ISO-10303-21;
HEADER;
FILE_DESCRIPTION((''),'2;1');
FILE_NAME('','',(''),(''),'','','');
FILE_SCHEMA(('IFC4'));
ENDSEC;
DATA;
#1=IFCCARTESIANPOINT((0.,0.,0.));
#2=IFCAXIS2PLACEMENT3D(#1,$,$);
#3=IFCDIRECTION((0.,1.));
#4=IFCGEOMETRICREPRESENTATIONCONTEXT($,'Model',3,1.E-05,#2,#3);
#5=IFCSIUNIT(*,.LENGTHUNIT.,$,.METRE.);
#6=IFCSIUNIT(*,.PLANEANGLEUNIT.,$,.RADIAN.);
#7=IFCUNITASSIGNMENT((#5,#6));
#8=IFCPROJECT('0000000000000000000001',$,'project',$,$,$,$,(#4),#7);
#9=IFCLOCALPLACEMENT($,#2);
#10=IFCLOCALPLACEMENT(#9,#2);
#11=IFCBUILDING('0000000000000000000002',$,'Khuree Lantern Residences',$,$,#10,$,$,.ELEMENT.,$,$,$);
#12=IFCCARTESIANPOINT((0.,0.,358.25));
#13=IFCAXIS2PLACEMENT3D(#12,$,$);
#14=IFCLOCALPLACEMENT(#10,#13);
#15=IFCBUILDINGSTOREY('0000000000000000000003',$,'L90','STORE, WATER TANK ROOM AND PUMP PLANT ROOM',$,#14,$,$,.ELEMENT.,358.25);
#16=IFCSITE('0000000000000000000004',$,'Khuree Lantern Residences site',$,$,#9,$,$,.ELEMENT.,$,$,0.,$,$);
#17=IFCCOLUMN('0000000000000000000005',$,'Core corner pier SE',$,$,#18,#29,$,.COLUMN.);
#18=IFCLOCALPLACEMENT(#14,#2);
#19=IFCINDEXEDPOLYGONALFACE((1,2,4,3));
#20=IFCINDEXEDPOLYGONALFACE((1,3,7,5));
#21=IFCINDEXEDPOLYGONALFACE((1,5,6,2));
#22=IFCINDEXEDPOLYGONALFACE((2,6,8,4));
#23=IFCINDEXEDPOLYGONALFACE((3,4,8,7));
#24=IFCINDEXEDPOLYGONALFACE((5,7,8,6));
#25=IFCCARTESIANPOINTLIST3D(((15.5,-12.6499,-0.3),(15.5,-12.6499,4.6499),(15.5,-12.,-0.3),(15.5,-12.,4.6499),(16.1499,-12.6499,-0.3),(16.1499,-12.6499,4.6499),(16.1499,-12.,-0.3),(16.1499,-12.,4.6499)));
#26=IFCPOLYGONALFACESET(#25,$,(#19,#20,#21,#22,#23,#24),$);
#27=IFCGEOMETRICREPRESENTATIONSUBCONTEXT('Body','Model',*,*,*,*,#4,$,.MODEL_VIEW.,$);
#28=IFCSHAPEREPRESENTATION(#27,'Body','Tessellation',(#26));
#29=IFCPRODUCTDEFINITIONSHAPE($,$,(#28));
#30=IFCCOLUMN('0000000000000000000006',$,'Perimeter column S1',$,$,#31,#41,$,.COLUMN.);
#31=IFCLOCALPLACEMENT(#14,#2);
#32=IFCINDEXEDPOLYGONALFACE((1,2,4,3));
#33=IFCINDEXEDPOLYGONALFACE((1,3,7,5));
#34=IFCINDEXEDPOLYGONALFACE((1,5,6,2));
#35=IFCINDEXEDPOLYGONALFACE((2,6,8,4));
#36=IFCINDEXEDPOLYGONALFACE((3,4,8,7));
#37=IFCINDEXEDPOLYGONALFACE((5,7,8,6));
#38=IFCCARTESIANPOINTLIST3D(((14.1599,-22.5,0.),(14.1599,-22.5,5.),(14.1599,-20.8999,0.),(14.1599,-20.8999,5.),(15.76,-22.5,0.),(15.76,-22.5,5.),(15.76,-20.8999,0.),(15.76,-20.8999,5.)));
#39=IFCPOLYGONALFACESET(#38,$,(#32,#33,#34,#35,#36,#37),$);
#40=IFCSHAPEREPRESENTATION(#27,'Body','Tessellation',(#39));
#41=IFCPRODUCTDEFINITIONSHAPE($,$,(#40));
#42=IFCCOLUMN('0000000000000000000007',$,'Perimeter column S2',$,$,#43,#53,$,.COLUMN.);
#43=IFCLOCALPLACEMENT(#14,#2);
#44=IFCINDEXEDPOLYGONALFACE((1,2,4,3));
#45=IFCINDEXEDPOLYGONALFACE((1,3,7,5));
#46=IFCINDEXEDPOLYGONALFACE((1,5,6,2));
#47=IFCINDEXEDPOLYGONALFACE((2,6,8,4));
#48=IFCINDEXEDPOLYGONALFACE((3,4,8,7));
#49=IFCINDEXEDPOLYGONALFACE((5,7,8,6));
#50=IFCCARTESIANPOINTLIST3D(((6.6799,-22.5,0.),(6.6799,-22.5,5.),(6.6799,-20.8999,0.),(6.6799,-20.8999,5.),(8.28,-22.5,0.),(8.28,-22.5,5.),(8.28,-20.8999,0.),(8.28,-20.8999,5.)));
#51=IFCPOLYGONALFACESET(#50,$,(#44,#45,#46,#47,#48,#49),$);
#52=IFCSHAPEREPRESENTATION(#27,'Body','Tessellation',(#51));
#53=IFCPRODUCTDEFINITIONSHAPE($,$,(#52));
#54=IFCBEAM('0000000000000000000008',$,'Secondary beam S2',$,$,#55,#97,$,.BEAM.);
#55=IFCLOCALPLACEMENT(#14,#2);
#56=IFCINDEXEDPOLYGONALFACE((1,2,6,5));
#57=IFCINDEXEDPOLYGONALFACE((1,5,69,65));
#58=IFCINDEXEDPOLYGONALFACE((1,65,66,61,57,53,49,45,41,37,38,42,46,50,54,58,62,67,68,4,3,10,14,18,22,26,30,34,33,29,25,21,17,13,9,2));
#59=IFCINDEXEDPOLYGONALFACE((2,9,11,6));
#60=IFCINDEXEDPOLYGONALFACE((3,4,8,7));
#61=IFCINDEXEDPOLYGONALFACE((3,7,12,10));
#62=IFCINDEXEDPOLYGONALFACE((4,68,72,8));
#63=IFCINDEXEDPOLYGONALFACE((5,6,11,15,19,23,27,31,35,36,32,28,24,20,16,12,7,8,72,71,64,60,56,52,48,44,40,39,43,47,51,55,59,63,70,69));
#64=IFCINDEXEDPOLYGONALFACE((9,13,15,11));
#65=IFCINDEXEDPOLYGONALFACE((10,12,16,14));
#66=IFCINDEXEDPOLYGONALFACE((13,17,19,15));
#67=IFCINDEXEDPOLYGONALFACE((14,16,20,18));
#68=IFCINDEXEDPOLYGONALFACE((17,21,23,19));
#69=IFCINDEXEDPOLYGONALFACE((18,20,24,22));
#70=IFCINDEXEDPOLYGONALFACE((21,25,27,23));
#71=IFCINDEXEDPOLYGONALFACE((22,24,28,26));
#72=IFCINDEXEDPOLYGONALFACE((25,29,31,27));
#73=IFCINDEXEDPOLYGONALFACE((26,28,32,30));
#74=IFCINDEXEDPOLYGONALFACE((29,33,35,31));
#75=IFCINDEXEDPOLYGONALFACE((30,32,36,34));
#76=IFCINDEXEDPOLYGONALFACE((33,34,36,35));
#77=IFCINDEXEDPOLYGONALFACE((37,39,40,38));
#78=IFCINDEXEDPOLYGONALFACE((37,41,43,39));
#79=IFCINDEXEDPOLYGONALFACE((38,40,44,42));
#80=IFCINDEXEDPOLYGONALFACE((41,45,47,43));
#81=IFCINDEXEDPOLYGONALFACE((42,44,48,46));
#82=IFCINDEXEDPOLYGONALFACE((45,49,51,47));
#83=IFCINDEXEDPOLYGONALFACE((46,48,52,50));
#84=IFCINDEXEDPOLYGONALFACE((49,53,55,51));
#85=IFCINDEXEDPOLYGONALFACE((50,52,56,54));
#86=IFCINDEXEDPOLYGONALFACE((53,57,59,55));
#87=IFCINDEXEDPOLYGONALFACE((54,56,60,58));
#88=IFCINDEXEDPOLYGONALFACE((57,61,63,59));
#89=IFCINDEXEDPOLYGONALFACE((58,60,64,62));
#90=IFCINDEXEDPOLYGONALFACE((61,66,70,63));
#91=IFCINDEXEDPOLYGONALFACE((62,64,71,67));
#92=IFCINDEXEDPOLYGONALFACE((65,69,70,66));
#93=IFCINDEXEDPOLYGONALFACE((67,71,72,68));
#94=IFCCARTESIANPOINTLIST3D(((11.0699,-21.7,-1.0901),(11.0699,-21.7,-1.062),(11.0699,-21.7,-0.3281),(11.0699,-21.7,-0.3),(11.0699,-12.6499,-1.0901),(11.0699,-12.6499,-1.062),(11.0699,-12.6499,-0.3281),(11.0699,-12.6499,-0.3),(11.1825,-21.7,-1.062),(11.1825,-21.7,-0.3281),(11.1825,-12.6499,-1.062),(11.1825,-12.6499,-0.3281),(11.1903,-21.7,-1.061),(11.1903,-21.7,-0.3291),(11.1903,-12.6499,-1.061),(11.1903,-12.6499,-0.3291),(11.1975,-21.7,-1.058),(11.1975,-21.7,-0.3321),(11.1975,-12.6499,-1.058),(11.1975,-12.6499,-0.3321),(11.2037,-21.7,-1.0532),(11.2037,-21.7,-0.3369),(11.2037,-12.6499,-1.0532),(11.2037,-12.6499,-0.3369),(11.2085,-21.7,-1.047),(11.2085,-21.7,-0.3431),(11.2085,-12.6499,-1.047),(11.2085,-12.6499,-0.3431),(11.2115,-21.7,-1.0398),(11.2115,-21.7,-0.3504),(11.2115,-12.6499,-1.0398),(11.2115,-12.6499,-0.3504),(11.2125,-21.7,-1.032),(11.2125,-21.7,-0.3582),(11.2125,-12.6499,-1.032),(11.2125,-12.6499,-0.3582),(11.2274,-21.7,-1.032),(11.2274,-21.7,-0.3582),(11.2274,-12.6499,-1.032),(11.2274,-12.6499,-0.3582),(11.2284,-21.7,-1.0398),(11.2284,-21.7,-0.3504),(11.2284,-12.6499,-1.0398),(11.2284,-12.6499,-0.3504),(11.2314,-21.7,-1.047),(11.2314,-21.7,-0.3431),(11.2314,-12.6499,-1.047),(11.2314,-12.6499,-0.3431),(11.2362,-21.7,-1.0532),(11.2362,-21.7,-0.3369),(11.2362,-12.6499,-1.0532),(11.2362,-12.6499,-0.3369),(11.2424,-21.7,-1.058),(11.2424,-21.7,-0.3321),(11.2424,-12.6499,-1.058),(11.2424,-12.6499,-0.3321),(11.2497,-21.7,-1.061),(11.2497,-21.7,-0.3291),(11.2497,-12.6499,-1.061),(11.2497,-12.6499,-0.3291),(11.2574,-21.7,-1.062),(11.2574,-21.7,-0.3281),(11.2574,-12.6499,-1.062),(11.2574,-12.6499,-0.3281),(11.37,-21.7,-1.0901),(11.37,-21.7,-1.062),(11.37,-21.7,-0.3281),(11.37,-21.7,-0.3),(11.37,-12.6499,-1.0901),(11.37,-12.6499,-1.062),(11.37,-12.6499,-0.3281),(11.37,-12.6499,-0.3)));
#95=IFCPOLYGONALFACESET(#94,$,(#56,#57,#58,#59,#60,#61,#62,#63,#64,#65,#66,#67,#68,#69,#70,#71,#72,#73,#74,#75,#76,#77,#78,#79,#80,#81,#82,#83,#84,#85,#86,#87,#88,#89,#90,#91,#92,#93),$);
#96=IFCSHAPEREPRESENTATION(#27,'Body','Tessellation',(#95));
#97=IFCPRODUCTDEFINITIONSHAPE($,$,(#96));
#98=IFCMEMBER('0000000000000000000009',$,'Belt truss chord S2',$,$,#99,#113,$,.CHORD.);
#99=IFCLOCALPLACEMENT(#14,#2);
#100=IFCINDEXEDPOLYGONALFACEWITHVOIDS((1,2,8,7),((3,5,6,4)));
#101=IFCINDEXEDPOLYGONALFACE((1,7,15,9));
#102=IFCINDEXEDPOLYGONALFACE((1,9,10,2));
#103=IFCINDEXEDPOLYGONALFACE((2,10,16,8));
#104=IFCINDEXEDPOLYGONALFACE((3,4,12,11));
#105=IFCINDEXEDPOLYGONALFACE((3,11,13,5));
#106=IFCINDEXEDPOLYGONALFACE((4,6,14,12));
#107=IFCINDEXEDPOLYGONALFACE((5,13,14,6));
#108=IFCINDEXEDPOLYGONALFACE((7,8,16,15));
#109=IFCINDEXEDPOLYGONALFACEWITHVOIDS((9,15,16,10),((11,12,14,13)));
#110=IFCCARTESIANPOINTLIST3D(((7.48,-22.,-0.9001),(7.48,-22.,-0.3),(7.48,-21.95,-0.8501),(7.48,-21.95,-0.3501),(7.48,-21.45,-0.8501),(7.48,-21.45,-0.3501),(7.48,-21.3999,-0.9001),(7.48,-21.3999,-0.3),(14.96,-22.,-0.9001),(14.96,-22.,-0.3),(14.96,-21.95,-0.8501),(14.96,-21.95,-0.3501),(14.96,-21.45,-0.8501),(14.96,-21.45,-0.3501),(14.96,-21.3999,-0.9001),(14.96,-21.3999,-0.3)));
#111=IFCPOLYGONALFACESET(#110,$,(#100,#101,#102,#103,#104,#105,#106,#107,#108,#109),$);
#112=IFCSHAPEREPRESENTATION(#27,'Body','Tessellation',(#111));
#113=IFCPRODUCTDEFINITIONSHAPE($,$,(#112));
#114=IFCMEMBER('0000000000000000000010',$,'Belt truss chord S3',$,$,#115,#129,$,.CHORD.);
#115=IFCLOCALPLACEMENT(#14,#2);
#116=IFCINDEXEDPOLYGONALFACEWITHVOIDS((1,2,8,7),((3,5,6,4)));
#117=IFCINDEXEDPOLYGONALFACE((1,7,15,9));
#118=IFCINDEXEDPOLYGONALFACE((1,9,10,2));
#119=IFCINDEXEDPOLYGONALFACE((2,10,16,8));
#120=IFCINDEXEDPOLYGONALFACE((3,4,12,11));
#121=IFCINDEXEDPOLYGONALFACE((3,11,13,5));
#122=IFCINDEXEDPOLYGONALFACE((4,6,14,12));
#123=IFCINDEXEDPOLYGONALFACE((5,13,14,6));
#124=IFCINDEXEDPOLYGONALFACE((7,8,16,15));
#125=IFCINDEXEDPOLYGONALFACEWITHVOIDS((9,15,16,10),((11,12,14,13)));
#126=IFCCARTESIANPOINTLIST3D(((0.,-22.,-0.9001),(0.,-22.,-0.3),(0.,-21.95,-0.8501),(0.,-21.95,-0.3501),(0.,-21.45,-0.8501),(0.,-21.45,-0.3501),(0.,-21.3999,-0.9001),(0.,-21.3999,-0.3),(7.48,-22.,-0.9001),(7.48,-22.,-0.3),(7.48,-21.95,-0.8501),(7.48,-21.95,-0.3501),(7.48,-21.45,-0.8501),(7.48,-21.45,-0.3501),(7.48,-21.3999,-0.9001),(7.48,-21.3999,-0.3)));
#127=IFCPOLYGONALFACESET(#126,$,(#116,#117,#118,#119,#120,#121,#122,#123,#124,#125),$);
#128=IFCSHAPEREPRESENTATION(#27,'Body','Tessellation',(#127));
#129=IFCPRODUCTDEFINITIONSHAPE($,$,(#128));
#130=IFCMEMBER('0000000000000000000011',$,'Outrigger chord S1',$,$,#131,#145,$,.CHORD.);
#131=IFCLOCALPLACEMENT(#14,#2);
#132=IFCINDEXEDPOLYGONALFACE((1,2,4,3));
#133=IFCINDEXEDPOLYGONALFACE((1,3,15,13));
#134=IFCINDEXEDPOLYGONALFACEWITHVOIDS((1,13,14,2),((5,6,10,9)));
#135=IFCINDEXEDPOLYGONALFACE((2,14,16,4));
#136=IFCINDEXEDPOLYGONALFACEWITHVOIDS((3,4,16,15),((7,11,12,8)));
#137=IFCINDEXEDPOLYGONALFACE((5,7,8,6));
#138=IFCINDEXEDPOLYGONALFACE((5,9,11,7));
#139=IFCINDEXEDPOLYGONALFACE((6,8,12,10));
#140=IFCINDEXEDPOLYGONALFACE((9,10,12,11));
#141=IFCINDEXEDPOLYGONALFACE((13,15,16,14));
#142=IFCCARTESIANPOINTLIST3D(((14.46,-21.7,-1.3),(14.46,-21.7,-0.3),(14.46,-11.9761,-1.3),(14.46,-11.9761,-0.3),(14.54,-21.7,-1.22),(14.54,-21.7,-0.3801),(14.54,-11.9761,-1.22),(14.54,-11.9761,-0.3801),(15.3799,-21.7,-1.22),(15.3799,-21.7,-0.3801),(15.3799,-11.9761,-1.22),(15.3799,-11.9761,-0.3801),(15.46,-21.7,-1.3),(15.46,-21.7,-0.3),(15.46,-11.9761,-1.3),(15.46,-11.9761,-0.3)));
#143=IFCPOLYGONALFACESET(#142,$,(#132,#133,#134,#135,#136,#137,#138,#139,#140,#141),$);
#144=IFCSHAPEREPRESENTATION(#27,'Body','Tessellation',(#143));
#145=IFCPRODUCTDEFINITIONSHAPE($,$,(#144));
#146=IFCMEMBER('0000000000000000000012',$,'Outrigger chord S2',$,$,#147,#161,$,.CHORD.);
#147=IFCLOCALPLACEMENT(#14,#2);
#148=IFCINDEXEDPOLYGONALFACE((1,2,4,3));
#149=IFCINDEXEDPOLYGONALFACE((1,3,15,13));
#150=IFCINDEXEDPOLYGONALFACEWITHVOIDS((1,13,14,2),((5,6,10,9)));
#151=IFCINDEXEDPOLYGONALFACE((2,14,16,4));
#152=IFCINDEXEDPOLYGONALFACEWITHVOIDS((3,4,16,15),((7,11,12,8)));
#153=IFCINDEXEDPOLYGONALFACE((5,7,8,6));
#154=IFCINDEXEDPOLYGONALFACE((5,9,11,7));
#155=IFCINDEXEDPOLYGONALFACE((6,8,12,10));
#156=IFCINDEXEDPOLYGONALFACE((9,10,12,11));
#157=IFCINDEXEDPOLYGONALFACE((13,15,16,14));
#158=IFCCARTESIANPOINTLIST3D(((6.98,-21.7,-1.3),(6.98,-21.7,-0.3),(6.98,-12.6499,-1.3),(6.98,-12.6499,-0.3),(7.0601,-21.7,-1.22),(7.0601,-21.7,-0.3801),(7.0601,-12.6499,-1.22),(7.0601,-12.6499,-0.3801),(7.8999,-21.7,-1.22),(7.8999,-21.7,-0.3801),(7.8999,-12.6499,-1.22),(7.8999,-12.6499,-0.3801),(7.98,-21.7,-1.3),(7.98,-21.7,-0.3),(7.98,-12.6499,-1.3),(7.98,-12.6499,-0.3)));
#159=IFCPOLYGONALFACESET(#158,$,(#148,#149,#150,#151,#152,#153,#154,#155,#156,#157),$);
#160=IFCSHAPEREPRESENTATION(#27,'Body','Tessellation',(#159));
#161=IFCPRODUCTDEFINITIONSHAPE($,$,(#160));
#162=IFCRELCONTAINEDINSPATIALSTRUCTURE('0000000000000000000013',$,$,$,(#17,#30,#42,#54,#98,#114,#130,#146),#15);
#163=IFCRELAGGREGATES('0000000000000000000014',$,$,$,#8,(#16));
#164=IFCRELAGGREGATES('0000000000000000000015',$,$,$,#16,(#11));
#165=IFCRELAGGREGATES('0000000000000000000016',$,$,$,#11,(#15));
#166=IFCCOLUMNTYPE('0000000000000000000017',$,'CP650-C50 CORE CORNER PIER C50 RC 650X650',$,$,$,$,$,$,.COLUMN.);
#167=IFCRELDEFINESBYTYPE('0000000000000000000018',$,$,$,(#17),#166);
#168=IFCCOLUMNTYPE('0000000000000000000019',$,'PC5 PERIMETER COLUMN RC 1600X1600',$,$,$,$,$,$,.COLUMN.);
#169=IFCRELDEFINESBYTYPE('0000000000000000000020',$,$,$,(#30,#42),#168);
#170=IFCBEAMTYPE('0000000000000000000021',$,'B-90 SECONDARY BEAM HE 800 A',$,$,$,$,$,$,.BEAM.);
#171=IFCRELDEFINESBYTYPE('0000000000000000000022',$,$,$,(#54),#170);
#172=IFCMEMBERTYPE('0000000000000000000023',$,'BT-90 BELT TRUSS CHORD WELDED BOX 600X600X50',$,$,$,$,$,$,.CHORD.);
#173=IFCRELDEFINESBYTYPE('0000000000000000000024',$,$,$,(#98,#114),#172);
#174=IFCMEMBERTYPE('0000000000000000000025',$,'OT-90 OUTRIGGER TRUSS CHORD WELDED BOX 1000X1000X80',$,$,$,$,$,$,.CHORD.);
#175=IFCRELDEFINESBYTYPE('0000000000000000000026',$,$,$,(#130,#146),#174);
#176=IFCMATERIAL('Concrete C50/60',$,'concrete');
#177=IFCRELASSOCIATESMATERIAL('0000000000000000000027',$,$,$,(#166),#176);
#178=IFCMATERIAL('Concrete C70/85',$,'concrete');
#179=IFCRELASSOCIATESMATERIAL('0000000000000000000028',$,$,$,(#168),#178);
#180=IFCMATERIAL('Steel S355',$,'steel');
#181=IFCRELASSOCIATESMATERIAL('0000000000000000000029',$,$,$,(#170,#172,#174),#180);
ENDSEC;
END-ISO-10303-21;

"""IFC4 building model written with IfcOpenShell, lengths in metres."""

from ifc_helpers import new_model, si_unit, direction, frame, origin, origin_2d, place, context, subcontext, project, spatial, rectangle, hollow_rectangle, i_section, extrude, material, material_profile, profile_set, type_object, element, save


model = new_model("IFC4")

# Units and contexts
model_context = context("Model", 3, precision=1e-05, world=origin(), true_north=direction((0.0, 1.0)))
body_context = subcontext(model_context, "Body", "Model", "MODEL_VIEW")
ifc_project = project(units=[si_unit("LENGTHUNIT", "METRE"), si_unit("PLANEANGLEUNIT", "RADIAN")], contexts=[model_context])

# Site, building, storey
site_placement = place(None, origin())
site = spatial("IfcSite", under=ifc_project, at=site_placement, Name="Khuree Lantern Residences site", CompositionType="ELEMENT", RefElevation=0.0)
building_placement = place(site_placement, origin())
building = spatial("IfcBuilding", under=site, at=building_placement, Name="Khuree Lantern Residences", CompositionType="ELEMENT")
storey_placement = place(building_placement, frame((0.0, 0.0, 358.25)))
storey = spatial("IfcBuildingStorey", under=building, at=storey_placement, Name="L90", Description="STORE, WATER TANK ROOM AND PUMP PLANT ROOM", CompositionType="ELEMENT", Elevation=358.25)

# Columns
ifc_material_1 = material(Name="Concrete C50/60", Category="concrete")
ifc_material_profile_1 = material_profile(ifc_material_1, rectangle(XDim=0.6499, YDim=0.6499, at=origin_2d()), Name="RC 650X650")
ifc_profile_set_1 = profile_set([ifc_material_profile_1], Name="Concrete C50/60")
column_type_1 = type_object("IfcColumnType", Name="CP650-C50 CORE CORNER PIER C50 RC 650X650", PredefinedType="COLUMN", material=ifc_profile_set_1)
column_placement = place(storey_placement, frame((15.825, -12.325, -0.3), z_axis=(0.0, 0.0, 1.0), x_axis=(1.0, 0.0, 0.0)))
element("IfcColumn", 1, at=column_placement, inside=storey, type_object=column_type_1, Name="Core corner pier SE", PredefinedType="COLUMN", context=body_context, shape_type="SweptSolid", body=[
    extrude(rectangle(XDim=0.6499, YDim=0.6499, at=origin_2d()), origin(), (0.0, 0.0, 1.0), 4.95),
])
ifc_material_2 = material(Name="Concrete C70/85", Category="concrete")
ifc_material_profile_2 = material_profile(ifc_material_2, rectangle(XDim=1.6001, YDim=1.6001, at=origin_2d()), Name="RC 1600X1600")
ifc_profile_set_2 = profile_set([ifc_material_profile_2], Name="Concrete C70/85")
column_type_2 = type_object("IfcColumnType", Name="PC5 PERIMETER COLUMN RC 1600X1600", PredefinedType="COLUMN", material=ifc_profile_set_2)
for number, where, z_axis, x_axis, name in (
    (2, (14.96, -21.7, 0.0), (0.0, 0.0, 1.0), (1.0, 0.0, 0.0), "Perimeter column S1"),
    (3, (7.48, -21.7, 0.0), (0.0, 0.0, 1.0), (1.0, 0.0, 0.0), "Perimeter column S2"),
):
    element("IfcColumn", number, at=place(storey_placement, frame(where, z_axis=z_axis, x_axis=x_axis)), inside=storey, type_object=column_type_2, Name=name, PredefinedType="COLUMN", context=body_context, shape_type="SweptSolid", body=[
        extrude(rectangle(XDim=1.6001, YDim=1.6001, at=origin_2d()), origin(), (0.0, 0.0, 1.0), 5.0),
    ])

# Beam
ifc_material_3 = material(Name="Steel S355", Category="steel")
ifc_material_profile_3 = material_profile(ifc_material_3, i_section(OverallWidth=0.3, OverallDepth=0.79, WebThickness=0.0149, FlangeThickness=0.0281, FilletRadius=0.03, at=origin_2d()), Name="HE 800 A")
ifc_profile_set_3 = profile_set([ifc_material_profile_3], Name="Steel S355")
beam_type = type_object("IfcBeamType", Name="B-90 SECONDARY BEAM HE 800 A", PredefinedType="BEAM", material=ifc_profile_set_3)
beam_placement = place(storey_placement, frame((11.22, -21.7, -0.6951), z_axis=(0.0, 1.0, 0.0), x_axis=(-1.0, 0.0, 0.0)))
element("IfcBeam", 4, at=beam_placement, inside=storey, type_object=beam_type, Name="Secondary beam S2", PredefinedType="BEAM", context=body_context, shape_type="SweptSolid", body=[
    extrude(i_section(OverallWidth=0.3, OverallDepth=0.79, WebThickness=0.0149, FlangeThickness=0.0281, FilletRadius=0.03, at=origin_2d()), origin(), (0.0, 0.0, 1.0), 9.05),
])

# Members
ifc_material_profile_4 = material_profile(ifc_material_3, hollow_rectangle(XDim=0.6001, YDim=0.6001, WallThickness=0.05, at=origin_2d()), Name="WELDED BOX 600X600X50")
ifc_profile_set_4 = profile_set([ifc_material_profile_4], Name="Steel S355")
member_type_1 = type_object("IfcMemberType", Name="BT-90 BELT TRUSS CHORD WELDED BOX 600X600X50", PredefinedType="CHORD", material=ifc_profile_set_4)
for number, where, z_axis, x_axis, name in (
    (5, (14.96, -21.7, -0.6001), (-1.0, 0.0, 0.0), (0.0, -1.0, 0.0), "Belt truss chord S2"),
    (6, (7.48, -21.7, -0.6001), (-1.0, 0.0, 0.0), (0.0, -1.0, 0.0), "Belt truss chord S3"),
):
    element("IfcMember", number, at=place(storey_placement, frame(where, z_axis=z_axis, x_axis=x_axis)), inside=storey, type_object=member_type_1, Name=name, PredefinedType="CHORD", context=body_context, shape_type="SweptSolid", body=[
        extrude(hollow_rectangle(XDim=0.6001, YDim=0.6001, WallThickness=0.05, at=origin_2d()), origin(), (0.0, 0.0, 1.0), 7.48),
    ])
ifc_material_profile_5 = material_profile(ifc_material_3, hollow_rectangle(XDim=1.0, YDim=1.0, WallThickness=0.0801, at=origin_2d()), Name="WELDED BOX 1000X1000X80")
ifc_profile_set_5 = profile_set([ifc_material_profile_5], Name="Steel S355")
member_type_2 = type_object("IfcMemberType", Name="OT-90 OUTRIGGER TRUSS CHORD WELDED BOX 1000X1000X80", PredefinedType="CHORD", material=ifc_profile_set_5)
member_1_placement = place(storey_placement, frame((14.96, -21.7, -0.8), z_axis=(0.0, 1.0, 0.0), x_axis=(-1.0, 0.0, 0.0)))
element("IfcMember", 7, at=member_1_placement, inside=storey, type_object=member_type_2, Name="Outrigger chord S1", PredefinedType="CHORD", context=body_context, shape_type="SweptSolid", body=[
    extrude(hollow_rectangle(XDim=1.0, YDim=1.0, WallThickness=0.0801, at=origin_2d()), origin(), (0.0, 0.0, 1.0), 9.7239),
])
member_2_placement = place(storey_placement, frame((7.48, -21.7, -0.8), z_axis=(0.0, 1.0, 0.0), x_axis=(-1.0, 0.0, 0.0)))
element("IfcMember", 8, at=member_2_placement, inside=storey, type_object=member_type_2, Name="Outrigger chord S2", PredefinedType="CHORD", context=body_context, shape_type="SweptSolid", body=[
    extrude(hollow_rectangle(XDim=1.0, YDim=1.0, WallThickness=0.0801, at=origin_2d()), origin(), (0.0, 0.0, 1.0), 9.05),
])

save(model, "model.ifc")
